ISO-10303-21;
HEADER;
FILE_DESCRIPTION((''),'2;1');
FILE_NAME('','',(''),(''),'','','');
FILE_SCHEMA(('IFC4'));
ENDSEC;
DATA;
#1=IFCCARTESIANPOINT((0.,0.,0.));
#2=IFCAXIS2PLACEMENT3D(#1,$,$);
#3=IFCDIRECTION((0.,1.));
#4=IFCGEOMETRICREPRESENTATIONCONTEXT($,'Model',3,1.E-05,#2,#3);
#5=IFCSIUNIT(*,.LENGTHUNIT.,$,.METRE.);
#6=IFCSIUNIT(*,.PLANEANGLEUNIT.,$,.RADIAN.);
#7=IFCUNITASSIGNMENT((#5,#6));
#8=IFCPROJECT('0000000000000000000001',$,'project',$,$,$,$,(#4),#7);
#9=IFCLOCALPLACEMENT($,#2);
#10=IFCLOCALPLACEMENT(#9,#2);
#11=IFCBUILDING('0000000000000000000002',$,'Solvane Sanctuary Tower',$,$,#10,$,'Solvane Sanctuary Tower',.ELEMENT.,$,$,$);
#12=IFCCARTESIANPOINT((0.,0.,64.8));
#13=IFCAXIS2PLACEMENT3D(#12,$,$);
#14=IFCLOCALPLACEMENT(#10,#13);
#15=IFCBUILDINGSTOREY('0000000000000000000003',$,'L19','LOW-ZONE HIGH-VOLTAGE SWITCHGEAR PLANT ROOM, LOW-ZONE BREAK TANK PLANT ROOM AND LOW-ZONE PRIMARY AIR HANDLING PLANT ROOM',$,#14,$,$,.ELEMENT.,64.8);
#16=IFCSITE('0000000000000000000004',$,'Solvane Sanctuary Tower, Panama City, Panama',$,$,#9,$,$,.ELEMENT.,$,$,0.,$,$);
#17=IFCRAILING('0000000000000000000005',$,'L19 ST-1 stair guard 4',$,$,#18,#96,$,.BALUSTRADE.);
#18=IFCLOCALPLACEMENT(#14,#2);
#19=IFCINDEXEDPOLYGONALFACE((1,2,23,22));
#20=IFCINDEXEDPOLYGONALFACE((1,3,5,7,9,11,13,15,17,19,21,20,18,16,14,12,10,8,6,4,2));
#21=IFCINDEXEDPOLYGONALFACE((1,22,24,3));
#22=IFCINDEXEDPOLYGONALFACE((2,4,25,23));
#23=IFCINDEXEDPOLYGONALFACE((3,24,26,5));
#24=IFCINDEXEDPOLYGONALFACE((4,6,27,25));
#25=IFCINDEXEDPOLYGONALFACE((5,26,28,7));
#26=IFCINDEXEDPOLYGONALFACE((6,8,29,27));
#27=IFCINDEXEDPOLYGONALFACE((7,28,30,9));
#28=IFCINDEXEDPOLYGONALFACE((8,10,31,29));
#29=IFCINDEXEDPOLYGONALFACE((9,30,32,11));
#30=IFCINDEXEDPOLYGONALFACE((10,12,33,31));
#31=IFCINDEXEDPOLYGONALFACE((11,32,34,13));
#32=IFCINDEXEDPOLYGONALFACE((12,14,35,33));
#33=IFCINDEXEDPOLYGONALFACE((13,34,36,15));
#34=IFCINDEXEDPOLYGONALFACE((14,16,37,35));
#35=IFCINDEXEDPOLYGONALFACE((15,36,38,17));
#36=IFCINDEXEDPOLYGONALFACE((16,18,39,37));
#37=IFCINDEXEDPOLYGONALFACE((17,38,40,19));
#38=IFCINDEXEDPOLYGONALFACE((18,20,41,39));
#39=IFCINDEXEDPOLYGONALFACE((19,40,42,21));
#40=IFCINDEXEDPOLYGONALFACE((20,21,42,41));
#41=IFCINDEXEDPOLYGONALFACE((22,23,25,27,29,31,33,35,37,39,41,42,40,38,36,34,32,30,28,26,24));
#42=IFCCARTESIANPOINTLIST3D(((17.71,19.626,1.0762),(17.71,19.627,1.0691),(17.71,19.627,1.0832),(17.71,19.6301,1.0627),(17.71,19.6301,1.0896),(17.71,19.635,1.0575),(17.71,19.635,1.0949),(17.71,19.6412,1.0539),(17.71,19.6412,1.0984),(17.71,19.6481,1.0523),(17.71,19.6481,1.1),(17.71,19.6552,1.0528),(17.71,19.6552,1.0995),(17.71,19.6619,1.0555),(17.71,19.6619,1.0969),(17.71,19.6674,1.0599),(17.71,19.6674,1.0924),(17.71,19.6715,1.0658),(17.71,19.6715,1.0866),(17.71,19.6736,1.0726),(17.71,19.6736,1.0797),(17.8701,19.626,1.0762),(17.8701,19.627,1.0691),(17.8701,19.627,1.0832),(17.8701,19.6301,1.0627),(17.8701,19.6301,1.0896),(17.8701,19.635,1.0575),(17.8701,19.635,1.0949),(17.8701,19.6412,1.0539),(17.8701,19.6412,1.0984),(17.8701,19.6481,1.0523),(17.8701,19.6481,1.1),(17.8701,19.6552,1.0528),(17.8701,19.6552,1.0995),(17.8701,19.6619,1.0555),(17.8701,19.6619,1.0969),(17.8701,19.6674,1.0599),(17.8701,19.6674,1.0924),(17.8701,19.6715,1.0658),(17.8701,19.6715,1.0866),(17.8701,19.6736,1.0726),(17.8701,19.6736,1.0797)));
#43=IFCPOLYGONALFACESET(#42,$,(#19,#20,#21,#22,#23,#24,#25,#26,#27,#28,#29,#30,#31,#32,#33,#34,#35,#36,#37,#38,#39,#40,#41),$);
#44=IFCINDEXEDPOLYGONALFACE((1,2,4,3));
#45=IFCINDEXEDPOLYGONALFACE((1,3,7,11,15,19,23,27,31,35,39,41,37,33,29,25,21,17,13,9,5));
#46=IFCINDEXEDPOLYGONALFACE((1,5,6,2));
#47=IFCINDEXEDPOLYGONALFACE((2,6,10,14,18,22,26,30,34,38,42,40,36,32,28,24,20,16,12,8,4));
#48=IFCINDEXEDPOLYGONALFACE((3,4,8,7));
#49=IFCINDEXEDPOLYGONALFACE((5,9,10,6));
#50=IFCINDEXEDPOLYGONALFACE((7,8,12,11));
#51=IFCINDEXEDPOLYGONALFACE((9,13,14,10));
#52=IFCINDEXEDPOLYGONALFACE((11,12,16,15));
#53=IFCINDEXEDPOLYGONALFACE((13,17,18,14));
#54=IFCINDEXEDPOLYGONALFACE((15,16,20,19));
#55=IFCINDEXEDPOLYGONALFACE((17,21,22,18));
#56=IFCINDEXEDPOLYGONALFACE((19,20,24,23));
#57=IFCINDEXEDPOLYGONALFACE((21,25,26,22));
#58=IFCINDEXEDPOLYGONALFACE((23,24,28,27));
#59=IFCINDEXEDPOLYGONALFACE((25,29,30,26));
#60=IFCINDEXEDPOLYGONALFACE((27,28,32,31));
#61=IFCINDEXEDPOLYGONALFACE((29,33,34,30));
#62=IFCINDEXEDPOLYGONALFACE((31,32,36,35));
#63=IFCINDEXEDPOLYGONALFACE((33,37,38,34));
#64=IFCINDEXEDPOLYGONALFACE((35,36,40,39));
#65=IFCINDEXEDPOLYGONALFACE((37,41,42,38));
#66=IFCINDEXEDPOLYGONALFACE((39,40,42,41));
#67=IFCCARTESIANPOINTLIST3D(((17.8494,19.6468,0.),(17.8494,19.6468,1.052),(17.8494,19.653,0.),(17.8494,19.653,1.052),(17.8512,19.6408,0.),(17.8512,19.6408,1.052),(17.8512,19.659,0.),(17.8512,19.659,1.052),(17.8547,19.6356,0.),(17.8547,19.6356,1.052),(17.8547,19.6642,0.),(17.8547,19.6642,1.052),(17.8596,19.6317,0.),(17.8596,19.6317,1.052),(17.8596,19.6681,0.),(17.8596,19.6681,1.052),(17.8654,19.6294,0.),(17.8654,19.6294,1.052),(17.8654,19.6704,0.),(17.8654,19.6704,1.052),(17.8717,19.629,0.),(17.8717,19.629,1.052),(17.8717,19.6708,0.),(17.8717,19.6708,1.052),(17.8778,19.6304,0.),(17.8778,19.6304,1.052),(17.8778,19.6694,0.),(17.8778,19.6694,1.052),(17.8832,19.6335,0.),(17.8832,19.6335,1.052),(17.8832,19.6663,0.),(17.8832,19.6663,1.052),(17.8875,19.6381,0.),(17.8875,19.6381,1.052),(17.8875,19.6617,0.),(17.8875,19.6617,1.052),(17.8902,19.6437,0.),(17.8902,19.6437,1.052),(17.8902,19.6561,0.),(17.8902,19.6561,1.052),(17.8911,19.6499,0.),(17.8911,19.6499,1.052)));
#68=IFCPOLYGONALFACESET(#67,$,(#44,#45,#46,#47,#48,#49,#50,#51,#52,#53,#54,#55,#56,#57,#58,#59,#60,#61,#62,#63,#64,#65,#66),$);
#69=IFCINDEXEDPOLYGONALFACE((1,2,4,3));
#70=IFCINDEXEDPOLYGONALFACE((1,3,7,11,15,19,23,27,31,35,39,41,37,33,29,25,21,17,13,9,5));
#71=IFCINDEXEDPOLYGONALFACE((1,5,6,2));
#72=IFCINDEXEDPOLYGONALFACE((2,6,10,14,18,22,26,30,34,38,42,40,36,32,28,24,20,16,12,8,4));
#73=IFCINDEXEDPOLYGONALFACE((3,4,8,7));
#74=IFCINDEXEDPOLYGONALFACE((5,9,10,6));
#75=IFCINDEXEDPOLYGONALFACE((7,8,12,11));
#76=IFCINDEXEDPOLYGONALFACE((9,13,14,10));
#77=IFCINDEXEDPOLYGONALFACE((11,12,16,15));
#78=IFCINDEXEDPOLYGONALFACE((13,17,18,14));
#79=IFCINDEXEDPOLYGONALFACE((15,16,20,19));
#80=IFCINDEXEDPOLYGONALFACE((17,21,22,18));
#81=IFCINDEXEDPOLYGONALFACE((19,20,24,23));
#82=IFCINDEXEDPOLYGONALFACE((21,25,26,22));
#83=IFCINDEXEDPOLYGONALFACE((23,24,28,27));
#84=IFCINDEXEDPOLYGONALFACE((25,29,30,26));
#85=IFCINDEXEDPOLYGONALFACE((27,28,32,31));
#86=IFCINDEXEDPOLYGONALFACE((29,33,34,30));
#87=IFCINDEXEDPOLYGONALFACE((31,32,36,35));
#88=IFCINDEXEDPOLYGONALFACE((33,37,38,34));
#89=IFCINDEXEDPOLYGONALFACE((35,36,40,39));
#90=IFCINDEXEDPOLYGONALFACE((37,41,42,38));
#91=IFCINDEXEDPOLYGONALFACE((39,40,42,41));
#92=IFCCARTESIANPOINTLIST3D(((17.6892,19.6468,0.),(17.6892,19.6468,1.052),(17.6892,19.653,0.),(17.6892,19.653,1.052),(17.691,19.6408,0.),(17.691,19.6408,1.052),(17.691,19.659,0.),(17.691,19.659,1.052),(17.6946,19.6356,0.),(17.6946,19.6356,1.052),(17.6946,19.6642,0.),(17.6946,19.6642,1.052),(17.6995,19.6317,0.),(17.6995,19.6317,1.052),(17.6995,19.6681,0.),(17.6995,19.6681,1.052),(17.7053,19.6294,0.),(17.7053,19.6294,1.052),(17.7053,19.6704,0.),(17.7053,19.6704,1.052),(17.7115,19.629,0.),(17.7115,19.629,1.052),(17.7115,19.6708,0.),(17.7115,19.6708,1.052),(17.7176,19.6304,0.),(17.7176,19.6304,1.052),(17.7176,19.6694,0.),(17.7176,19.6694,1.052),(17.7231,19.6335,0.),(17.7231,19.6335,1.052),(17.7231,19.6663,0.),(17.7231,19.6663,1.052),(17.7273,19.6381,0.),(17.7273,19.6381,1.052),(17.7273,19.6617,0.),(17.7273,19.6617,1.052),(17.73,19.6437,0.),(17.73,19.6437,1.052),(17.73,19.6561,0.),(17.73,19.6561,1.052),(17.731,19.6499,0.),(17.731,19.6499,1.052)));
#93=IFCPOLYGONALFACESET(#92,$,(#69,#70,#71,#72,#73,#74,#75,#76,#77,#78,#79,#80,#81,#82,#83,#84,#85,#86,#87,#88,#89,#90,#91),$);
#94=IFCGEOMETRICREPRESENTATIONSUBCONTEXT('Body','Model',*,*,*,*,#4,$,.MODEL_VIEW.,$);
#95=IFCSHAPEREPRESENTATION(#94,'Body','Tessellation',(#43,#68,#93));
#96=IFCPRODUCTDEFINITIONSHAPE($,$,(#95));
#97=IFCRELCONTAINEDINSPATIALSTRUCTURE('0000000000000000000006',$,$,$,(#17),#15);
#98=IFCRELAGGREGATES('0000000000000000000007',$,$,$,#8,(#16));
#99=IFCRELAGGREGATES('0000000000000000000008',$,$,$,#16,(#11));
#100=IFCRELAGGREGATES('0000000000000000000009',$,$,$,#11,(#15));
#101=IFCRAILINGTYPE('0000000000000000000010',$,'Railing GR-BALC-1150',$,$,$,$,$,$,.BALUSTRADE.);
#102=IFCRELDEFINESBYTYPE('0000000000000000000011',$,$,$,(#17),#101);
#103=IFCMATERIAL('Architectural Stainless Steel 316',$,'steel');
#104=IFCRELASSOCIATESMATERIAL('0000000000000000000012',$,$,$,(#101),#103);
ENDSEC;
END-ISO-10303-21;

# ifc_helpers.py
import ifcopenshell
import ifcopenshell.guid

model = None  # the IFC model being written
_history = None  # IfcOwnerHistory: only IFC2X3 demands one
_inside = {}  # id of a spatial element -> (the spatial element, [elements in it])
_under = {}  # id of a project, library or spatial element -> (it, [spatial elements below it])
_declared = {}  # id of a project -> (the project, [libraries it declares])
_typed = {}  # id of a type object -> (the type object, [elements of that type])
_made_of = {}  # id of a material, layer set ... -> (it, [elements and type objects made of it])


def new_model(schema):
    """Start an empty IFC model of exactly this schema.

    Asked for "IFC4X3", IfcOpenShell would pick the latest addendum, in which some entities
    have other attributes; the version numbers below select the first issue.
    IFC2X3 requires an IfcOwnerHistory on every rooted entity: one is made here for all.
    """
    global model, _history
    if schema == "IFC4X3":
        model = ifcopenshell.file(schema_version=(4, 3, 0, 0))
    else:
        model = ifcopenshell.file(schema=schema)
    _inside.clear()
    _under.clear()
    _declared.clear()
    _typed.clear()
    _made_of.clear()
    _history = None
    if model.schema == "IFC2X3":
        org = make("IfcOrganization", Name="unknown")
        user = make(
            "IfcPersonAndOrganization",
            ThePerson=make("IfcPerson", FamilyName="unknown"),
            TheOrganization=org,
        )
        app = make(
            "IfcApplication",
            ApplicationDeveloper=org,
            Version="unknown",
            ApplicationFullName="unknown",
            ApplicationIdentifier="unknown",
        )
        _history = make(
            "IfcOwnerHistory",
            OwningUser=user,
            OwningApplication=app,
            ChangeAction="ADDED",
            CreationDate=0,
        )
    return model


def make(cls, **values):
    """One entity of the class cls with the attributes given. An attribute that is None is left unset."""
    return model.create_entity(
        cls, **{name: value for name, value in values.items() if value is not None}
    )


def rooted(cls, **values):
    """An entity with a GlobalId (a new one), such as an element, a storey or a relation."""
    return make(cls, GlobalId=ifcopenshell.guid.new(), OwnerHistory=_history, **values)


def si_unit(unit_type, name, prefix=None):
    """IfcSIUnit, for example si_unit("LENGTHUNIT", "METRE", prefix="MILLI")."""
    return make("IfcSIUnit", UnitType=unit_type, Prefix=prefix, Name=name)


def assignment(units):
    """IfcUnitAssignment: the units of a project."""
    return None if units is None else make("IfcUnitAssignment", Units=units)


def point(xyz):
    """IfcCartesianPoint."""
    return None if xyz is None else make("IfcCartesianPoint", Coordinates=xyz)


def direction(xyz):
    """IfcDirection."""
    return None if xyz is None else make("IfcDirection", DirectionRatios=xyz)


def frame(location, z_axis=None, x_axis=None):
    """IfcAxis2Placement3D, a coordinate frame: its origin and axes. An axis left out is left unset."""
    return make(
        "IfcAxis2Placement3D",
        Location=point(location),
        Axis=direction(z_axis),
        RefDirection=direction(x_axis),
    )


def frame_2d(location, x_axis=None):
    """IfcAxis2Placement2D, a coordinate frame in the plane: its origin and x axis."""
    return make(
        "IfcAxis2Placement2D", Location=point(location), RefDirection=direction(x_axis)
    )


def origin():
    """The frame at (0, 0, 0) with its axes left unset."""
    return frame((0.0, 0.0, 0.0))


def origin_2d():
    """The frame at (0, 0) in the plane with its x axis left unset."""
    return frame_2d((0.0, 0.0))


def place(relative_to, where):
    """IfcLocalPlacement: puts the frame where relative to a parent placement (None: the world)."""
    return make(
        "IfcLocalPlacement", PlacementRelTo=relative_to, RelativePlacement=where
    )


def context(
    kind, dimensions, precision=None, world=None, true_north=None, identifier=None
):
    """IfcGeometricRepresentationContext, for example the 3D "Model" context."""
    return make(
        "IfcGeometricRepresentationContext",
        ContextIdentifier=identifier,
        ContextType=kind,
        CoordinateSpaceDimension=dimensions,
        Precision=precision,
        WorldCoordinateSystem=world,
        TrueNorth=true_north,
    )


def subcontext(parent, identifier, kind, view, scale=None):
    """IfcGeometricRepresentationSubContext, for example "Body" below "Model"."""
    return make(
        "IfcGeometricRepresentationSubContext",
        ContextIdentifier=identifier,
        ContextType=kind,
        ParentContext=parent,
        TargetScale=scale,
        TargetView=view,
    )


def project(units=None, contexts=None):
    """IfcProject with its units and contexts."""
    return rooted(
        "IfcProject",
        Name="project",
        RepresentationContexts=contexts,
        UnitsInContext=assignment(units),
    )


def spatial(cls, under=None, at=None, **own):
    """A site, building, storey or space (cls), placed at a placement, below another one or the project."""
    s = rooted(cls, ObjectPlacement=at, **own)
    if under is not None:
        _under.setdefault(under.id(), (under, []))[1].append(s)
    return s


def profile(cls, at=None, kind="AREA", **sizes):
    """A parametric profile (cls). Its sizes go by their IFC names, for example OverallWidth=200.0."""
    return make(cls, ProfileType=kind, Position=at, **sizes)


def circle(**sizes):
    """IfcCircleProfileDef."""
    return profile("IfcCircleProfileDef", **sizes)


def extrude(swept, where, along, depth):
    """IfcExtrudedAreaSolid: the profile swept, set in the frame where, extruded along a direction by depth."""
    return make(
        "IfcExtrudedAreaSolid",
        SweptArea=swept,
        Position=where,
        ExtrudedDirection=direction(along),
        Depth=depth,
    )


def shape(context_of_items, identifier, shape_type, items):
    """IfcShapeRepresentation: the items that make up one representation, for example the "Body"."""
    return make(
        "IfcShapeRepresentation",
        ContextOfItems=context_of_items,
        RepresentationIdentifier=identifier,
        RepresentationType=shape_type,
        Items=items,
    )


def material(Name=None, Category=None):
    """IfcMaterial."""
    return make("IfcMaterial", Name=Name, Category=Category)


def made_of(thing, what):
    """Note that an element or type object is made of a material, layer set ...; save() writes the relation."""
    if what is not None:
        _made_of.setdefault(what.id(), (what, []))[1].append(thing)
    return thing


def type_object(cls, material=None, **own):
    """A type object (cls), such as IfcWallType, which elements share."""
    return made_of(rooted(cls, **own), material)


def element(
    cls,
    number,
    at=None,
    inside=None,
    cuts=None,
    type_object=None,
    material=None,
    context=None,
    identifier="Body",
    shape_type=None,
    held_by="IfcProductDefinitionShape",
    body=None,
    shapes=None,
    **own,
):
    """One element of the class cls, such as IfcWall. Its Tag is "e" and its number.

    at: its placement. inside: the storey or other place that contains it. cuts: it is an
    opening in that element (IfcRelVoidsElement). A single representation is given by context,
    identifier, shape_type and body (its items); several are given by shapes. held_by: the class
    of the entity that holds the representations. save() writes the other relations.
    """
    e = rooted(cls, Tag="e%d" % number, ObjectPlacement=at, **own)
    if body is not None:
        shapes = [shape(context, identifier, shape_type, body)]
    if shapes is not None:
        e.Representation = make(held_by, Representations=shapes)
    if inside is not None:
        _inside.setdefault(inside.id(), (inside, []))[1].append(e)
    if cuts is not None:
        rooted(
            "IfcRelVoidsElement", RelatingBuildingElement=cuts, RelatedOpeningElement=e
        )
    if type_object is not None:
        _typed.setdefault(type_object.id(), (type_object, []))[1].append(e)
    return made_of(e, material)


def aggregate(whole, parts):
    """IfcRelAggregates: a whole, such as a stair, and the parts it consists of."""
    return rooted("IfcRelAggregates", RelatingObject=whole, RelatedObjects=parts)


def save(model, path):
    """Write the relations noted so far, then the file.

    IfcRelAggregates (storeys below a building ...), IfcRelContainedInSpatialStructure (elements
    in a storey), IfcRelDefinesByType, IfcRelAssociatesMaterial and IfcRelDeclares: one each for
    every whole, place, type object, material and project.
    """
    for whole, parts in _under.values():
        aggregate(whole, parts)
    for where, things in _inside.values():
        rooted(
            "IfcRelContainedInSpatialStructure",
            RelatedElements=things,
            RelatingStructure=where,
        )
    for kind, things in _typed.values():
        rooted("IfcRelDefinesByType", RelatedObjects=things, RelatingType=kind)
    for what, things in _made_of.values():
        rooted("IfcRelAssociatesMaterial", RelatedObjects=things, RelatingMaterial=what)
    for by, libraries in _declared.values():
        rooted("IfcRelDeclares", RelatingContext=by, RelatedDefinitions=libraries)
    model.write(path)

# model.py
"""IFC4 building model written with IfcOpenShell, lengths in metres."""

from ifc_helpers import new_model, si_unit, direction, frame, origin, origin_2d, place, context, subcontext, project, spatial, circle, extrude, material, type_object, element, save


model = new_model("IFC4")

# Units and contexts
model_context = context("Model", 3, precision=1e-05, world=origin(), true_north=direction((0.0, 1.0)))
body_context = subcontext(model_context, "Body", "Model", "MODEL_VIEW")
ifc_project = project(units=[si_unit("LENGTHUNIT", "METRE"), si_unit("PLANEANGLEUNIT", "RADIAN")], contexts=[model_context])

# Site, building, storey
site_placement = place(None, origin())
site = spatial("IfcSite", under=ifc_project, at=site_placement, Name="Solvane Sanctuary Tower, Panama City, Panama", CompositionType="ELEMENT", RefElevation=0.0)
building_placement = place(site_placement, origin())
building = spatial("IfcBuilding", under=site, at=building_placement, Name="Solvane Sanctuary Tower", LongName="Solvane Sanctuary Tower", CompositionType="ELEMENT")
storey_placement = place(building_placement, frame((0.0, 0.0, 64.8)))
storey = spatial("IfcBuildingStorey", under=building, at=storey_placement, Name="L19", Description="LOW-ZONE HIGH-VOLTAGE SWITCHGEAR PLANT ROOM, LOW-ZONE BREAK TANK PLANT ROOM AND LOW-ZONE PRIMARY AIR HANDLING PLANT ROOM", CompositionType="ELEMENT", Elevation=64.8)

# Shared definitions
ifc_material_1 = material(Name="Architectural Stainless Steel 316", Category="steel")

# Railing
railing_type_1 = type_object("IfcRailingType", Name="Railing GR-BALC-1150", PredefinedType="BALUSTRADE", material=ifc_material_1)
railing_1_placement = place(storey_placement, frame((17.8701, 19.6499, 0.0)))
element("IfcRailing", 1, at=railing_1_placement, inside=storey, type_object=railing_type_1, Name="L19 ST-1 stair guard 4", PredefinedType="BALUSTRADE", context=body_context, shape_type="SweptSolid", body=[
    extrude(circle(Radius=0.0239, at=origin_2d()), frame((0.0, 0.0, 1.0762), z_axis=(-1.0, 0.0, 0.0), x_axis=(0.0, -1.0, 0.0)), (0.0, 0.0, 1.0), 0.1602),
    extrude(circle(Radius=0.021, at=origin_2d()), origin(), (0.0, 0.0, 1.0), 1.052),
    extrude(circle(Radius=0.021, at=origin_2d()), frame((-0.1602, 0.0, 0.0)), (0.0, 0.0, 1.0), 1.052),
])

save(model, "model.ifc")
